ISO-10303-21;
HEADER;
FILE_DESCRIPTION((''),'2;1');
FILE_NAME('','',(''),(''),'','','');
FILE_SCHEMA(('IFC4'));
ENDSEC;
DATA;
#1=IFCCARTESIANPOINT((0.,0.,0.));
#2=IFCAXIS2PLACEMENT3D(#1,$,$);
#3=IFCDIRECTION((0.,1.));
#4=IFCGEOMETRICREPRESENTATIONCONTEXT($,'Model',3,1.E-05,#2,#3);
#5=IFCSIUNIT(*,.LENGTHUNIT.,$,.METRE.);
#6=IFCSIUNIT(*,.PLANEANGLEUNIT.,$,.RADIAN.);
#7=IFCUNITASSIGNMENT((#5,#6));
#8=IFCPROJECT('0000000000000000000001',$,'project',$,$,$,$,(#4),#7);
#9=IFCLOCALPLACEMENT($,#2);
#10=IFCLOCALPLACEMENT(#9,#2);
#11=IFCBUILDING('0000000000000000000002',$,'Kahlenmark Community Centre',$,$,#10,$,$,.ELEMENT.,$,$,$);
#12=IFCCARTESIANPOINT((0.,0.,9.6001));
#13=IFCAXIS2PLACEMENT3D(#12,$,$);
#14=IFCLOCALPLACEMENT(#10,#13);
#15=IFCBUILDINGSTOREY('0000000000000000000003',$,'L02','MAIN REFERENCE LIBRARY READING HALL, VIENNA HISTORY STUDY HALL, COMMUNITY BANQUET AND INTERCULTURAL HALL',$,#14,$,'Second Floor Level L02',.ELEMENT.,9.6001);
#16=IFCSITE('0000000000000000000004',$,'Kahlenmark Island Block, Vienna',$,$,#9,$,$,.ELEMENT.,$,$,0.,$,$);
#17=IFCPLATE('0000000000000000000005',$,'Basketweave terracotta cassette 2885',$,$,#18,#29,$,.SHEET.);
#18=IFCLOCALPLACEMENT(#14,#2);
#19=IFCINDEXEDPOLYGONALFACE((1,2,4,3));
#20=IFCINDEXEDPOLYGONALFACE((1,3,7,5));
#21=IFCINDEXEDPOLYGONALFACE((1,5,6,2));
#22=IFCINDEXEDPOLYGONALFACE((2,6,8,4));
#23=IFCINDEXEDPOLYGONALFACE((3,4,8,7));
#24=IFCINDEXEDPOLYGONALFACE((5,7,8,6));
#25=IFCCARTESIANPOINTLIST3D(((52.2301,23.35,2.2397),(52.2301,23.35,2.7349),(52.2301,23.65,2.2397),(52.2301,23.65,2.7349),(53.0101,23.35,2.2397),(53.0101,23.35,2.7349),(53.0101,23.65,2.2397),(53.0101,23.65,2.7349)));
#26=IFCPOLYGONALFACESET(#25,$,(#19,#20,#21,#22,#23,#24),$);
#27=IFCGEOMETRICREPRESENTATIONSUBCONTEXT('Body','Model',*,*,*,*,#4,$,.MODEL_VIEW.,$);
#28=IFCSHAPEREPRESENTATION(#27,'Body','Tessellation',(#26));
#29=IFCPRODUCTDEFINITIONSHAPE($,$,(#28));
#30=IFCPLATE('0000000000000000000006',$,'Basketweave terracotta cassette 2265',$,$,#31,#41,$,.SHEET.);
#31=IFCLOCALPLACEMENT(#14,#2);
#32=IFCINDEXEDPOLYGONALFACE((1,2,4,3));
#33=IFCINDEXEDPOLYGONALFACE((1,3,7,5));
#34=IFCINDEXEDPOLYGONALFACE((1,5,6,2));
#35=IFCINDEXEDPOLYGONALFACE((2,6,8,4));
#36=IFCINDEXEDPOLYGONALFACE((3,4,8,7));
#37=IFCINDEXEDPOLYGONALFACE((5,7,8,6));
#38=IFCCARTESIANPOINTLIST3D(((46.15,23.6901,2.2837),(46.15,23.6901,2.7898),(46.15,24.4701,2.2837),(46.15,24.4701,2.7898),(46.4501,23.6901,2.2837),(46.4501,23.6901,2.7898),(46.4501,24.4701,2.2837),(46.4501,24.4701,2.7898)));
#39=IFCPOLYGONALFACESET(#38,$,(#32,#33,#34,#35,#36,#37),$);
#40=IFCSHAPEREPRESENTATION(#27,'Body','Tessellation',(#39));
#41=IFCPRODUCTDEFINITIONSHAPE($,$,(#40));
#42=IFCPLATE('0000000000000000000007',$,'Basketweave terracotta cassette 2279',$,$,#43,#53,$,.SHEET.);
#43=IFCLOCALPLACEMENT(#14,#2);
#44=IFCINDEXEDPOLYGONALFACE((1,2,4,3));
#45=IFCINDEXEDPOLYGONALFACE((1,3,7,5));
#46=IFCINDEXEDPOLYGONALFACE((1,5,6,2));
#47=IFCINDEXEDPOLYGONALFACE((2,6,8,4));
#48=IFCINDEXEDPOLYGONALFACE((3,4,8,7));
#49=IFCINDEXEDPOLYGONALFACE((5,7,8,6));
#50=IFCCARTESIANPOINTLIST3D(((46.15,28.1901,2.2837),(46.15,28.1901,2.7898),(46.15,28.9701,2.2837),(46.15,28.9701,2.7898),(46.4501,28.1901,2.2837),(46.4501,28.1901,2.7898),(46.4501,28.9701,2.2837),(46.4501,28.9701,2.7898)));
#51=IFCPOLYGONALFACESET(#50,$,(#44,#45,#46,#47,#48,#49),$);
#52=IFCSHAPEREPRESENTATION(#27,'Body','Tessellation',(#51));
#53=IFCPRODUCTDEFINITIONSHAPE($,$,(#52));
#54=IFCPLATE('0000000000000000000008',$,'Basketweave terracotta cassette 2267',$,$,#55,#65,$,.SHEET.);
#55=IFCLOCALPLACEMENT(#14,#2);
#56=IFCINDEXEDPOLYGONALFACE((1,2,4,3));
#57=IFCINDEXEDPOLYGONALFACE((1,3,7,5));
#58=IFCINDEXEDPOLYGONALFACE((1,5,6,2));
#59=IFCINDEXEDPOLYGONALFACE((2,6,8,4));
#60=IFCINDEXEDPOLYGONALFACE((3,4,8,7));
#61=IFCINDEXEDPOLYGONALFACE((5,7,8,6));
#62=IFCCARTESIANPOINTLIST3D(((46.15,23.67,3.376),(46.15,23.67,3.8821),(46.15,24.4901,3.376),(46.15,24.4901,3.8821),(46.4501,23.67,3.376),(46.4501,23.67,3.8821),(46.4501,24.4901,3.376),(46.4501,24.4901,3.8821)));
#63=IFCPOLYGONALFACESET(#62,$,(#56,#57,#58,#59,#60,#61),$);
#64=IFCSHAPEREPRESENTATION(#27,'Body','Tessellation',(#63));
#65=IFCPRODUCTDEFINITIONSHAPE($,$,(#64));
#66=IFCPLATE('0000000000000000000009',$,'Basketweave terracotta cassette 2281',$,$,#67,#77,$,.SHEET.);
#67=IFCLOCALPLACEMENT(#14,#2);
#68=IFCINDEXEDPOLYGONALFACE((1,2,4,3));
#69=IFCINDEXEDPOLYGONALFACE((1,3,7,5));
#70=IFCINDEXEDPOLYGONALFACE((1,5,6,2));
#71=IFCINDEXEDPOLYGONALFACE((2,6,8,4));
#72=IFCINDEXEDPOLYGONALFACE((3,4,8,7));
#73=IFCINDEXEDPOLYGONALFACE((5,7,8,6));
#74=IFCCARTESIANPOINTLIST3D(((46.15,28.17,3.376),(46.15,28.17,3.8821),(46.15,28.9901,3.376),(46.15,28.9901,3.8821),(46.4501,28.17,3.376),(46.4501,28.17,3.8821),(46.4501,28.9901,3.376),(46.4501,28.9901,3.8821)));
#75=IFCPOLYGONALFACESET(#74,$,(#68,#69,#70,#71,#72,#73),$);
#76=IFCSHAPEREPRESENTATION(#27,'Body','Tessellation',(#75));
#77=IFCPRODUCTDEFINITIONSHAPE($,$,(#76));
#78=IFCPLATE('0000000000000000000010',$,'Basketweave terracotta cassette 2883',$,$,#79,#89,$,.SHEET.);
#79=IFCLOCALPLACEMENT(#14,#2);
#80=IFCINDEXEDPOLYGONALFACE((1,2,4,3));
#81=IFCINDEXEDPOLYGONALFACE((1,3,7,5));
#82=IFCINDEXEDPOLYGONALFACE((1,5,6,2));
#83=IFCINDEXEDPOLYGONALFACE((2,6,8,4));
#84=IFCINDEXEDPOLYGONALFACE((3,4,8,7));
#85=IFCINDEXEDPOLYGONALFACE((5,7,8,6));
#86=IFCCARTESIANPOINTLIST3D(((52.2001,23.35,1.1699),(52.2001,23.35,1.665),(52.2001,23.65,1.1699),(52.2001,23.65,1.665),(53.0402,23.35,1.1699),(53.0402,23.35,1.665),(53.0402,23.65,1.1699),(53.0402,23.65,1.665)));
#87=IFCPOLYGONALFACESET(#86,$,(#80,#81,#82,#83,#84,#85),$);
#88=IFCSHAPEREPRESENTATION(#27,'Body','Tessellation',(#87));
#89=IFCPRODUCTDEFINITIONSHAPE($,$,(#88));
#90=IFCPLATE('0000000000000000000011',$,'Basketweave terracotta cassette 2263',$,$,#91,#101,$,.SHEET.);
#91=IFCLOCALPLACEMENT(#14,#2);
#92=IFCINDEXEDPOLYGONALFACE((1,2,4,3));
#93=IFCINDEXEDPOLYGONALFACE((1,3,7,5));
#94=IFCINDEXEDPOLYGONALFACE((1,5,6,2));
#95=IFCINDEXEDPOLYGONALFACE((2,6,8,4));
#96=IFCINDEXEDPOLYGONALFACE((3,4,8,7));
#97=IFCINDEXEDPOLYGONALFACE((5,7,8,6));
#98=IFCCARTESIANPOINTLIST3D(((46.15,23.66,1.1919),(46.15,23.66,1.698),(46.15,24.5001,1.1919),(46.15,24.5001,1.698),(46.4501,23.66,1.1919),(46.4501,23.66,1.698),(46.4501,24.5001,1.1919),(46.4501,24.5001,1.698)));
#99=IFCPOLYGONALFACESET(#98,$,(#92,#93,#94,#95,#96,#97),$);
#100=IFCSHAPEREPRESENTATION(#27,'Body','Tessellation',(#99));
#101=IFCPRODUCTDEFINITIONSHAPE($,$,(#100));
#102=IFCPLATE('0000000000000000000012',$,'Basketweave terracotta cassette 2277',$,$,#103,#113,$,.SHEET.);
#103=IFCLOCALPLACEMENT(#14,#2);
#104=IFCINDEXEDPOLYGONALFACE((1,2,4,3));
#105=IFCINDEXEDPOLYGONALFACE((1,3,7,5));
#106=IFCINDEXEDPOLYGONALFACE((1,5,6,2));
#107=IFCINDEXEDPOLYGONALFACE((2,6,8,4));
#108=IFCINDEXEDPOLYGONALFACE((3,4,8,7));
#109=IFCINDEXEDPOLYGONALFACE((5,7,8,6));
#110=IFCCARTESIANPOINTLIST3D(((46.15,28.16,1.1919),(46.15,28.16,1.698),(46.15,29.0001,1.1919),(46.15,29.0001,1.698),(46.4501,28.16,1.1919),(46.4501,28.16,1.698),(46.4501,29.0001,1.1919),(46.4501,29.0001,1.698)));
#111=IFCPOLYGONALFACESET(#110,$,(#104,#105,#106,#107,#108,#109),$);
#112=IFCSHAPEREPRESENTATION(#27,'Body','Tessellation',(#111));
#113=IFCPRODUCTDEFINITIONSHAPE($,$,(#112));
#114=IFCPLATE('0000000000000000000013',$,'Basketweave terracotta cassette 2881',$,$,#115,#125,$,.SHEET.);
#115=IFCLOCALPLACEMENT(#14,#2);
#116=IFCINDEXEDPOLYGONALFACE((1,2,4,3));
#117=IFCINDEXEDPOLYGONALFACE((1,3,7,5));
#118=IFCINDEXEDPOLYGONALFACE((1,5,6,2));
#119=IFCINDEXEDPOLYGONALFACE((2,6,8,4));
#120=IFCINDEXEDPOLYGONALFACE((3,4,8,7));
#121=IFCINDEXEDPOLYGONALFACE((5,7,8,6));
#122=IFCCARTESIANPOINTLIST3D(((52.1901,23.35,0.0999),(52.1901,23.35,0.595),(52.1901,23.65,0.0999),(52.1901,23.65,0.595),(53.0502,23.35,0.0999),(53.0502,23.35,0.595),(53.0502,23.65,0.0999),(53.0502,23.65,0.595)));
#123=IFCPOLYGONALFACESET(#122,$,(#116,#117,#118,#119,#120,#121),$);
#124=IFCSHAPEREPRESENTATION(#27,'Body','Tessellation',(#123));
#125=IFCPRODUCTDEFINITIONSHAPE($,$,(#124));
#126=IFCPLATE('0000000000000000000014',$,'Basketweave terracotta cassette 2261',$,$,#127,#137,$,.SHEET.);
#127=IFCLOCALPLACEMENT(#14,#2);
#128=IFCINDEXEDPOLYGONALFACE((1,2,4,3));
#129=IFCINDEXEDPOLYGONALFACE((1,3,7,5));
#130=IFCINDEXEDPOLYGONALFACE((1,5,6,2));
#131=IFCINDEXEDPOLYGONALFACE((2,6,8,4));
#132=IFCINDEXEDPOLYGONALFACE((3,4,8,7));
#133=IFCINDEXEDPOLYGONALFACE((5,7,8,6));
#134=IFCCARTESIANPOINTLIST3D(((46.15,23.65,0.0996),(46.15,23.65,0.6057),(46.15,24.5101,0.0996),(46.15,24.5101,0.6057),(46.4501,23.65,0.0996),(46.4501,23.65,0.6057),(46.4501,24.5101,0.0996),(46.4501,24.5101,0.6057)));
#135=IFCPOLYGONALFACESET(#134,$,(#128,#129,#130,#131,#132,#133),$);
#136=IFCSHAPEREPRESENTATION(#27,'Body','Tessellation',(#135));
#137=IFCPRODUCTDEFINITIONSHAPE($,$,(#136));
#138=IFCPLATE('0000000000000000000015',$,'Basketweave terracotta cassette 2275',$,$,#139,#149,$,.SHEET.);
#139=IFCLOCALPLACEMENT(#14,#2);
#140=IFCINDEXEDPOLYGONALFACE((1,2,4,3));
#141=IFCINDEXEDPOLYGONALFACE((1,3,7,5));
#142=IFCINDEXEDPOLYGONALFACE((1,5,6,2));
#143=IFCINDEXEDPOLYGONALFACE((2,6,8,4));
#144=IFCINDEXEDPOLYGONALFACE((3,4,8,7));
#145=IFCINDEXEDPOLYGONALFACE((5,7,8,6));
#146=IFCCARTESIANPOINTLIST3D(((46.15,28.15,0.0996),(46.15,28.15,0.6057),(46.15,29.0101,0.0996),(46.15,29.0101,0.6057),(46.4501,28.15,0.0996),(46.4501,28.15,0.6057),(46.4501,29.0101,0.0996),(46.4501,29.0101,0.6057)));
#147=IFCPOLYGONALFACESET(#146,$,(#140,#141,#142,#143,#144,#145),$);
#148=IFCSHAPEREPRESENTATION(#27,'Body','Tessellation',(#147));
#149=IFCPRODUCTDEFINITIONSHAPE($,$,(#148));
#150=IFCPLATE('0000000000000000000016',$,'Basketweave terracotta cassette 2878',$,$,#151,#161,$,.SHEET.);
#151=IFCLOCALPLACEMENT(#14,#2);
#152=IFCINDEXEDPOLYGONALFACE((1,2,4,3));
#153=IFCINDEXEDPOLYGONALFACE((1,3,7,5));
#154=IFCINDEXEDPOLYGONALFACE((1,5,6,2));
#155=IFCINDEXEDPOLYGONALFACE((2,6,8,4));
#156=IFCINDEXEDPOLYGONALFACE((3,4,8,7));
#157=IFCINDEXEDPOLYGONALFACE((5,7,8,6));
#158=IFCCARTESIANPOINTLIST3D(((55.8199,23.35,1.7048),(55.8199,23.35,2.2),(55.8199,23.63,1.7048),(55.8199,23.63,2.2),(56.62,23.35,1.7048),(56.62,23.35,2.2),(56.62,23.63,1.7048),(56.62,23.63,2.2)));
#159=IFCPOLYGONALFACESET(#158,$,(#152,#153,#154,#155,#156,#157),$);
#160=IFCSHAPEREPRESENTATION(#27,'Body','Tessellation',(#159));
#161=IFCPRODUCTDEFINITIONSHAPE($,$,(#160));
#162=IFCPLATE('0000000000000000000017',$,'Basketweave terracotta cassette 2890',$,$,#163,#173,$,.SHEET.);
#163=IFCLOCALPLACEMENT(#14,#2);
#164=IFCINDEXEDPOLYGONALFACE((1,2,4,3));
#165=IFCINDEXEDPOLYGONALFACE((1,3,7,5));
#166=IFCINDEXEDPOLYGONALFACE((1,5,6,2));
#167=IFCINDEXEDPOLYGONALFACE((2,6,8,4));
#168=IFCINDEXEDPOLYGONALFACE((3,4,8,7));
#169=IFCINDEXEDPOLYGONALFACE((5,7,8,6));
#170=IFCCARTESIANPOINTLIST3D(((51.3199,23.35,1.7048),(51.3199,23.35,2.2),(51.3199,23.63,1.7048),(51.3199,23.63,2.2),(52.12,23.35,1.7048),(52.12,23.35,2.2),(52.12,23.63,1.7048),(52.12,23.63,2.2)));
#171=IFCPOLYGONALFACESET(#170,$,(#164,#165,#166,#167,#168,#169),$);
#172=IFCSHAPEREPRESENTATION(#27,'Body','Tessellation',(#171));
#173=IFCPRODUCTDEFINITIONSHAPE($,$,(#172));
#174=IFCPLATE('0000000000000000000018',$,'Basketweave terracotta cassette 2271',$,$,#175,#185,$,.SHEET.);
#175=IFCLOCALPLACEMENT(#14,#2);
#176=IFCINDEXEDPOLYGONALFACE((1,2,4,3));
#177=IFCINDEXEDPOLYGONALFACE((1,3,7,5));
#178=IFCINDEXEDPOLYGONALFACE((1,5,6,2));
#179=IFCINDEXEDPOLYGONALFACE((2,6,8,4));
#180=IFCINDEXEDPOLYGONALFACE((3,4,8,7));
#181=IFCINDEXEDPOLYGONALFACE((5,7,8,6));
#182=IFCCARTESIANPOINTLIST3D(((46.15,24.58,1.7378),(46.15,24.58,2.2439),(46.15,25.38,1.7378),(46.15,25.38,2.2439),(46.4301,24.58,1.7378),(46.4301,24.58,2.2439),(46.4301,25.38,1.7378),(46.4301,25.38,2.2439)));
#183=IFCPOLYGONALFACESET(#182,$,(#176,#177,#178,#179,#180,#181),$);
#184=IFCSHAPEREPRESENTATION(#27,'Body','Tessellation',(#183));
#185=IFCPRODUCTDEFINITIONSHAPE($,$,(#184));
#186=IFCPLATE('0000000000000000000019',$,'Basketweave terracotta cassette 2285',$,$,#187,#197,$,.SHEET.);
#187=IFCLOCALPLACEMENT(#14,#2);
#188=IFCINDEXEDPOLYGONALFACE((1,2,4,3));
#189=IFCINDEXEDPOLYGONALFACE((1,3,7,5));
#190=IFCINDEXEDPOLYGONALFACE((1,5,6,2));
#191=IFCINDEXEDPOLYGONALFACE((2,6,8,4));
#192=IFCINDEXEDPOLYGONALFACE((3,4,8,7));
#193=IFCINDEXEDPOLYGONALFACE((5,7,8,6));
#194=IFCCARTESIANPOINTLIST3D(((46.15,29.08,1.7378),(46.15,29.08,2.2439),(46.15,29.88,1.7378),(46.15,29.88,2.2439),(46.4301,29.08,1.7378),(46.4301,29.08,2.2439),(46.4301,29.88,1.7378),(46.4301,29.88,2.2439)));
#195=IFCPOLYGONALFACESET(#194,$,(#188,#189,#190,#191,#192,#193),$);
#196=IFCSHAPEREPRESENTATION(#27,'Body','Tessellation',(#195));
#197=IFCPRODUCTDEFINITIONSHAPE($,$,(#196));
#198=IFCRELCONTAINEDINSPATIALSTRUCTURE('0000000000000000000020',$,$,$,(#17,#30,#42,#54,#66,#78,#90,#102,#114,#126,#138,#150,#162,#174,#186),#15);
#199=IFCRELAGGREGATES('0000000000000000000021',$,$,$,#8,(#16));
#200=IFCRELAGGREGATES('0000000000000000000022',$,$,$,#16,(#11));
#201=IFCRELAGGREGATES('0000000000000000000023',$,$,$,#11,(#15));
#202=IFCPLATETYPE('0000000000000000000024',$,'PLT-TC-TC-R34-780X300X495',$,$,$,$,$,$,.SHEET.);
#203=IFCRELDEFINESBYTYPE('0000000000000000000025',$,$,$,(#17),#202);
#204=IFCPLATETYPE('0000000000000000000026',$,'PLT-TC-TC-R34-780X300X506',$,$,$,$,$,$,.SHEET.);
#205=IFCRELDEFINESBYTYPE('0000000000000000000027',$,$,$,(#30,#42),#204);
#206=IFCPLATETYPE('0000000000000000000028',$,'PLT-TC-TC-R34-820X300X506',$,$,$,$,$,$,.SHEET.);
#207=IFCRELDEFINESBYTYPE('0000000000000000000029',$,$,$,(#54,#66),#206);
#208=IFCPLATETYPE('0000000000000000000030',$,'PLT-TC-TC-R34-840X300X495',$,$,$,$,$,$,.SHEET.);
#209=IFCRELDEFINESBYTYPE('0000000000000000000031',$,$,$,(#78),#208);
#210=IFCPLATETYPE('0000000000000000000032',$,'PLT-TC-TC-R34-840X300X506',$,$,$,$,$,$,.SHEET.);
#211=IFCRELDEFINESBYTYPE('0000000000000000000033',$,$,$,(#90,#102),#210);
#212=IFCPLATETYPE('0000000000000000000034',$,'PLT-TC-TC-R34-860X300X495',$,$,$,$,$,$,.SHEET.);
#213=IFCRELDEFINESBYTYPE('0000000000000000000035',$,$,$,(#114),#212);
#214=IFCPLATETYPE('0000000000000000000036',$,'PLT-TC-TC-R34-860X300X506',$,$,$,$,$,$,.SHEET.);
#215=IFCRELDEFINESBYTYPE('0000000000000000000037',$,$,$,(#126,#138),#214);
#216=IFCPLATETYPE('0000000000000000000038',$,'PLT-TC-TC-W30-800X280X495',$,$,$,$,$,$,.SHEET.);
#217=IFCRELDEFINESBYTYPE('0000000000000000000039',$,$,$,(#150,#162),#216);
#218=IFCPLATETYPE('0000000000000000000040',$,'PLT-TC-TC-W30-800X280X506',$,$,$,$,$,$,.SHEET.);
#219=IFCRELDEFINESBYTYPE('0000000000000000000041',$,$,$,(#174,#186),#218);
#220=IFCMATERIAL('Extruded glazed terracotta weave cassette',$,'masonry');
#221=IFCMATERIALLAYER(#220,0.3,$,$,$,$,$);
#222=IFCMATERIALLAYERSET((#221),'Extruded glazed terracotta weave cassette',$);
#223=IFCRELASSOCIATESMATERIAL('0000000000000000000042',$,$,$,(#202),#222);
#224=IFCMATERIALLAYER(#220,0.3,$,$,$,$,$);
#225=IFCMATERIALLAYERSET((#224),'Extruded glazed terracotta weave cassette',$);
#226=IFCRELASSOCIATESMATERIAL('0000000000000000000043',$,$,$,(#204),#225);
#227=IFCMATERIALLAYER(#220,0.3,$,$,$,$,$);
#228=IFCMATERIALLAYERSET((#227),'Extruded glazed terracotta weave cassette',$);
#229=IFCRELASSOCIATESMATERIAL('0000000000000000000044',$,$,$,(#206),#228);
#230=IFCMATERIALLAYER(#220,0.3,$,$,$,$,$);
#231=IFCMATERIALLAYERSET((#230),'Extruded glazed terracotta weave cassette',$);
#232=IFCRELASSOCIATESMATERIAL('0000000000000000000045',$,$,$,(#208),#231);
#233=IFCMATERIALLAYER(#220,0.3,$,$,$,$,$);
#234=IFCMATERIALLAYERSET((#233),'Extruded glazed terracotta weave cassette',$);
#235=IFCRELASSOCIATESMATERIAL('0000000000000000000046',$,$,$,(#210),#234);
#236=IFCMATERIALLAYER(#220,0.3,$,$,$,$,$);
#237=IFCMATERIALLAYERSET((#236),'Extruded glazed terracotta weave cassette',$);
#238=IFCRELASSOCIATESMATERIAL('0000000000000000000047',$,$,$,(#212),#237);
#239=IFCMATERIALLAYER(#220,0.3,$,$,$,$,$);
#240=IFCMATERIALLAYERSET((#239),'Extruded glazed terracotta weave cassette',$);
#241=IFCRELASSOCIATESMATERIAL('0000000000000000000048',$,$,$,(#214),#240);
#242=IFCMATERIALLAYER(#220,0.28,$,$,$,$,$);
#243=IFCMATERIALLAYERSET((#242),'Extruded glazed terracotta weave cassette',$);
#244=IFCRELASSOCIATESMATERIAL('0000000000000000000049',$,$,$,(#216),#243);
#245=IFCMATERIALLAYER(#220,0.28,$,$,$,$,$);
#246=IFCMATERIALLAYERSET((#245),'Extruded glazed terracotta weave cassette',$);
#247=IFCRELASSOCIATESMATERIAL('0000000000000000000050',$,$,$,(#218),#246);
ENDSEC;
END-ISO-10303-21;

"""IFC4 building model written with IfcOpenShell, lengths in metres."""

from ifc_helpers import new_model, si_unit, direction, frame, origin, origin_2d, place, context, subcontext, project, spatial, rectangle, extrude, material, layer, layer_set, type_object, element, save


model = new_model("IFC4")

# Units and contexts
model_context = context("Model", 3, precision=1e-05, world=origin(), true_north=direction((0.0, 1.0)))
body_context = subcontext(model_context, "Body", "Model", "MODEL_VIEW")
ifc_project = project(units=[si_unit("LENGTHUNIT", "METRE"), si_unit("PLANEANGLEUNIT", "RADIAN")], contexts=[model_context])

# Site, building, storey
site_placement = place(None, origin())
site = spatial("IfcSite", under=ifc_project, at=site_placement, Name="Kahlenmark Island Block, Vienna", CompositionType="ELEMENT", RefElevation=0.0)
building_placement = place(site_placement, origin())
building = spatial("IfcBuilding", under=site, at=building_placement, Name="Kahlenmark Community Centre", CompositionType="ELEMENT")
storey_placement = place(building_placement, frame((0.0, 0.0, 9.6001)))
storey = spatial("IfcBuildingStorey", under=building, at=storey_placement, Name="L02", Description="MAIN REFERENCE LIBRARY READING HALL, VIENNA HISTORY STUDY HALL, COMMUNITY BANQUET AND INTERCULTURAL HALL", LongName="Second Floor Level L02", CompositionType="ELEMENT", Elevation=9.6001)

# Plates
ifc_material_1 = material(Name="Extruded glazed terracotta weave cassette", Category="masonry")
ifc_layer_1 = layer(ifc_material_1, 0.3)
ifc_layer_set_1 = layer_set([ifc_layer_1], Name="Extruded glazed terracotta weave cassette")
plate_type_1 = type_object("IfcPlateType", Name="PLT-TC-TC-R34-780X300X495", PredefinedType="SHEET", material=ifc_layer_set_1)
plate_1_placement = place(storey_placement, frame((52.6201, 23.5, 2.2397), z_axis=(0.0, 0.0, 1.0), x_axis=(-1.0, 0.0, 0.0)))
element("IfcPlate", 1, at=plate_1_placement, inside=storey, type_object=plate_type_1, Name="Basketweave terracotta cassette 2885", PredefinedType="SHEET", context=body_context, shape_type="SweptSolid", body=[
    extrude(rectangle(XDim=0.78, YDim=0.3, at=origin_2d()), origin(), (0.0, 0.0, 1.0), 0.4951),
])
ifc_layer_2 = layer(ifc_material_1, 0.3)
ifc_layer_set_2 = layer_set([ifc_layer_2], Name="Extruded glazed terracotta weave cassette")
plate_type_2 = type_object("IfcPlateType", Name="PLT-TC-TC-R34-780X300X506", PredefinedType="SHEET", material=ifc_layer_set_2)
for number, where, z_axis, x_axis, name in (
    (2, (46.3, 24.0801, 2.2837), (0.0, 0.0, 1.0), (0.0, 1.0, 0.0), "Basketweave terracotta cassette 2265"),
    (3, (46.3, 28.5801, 2.2837), (0.0, 0.0, 1.0), (0.0, 1.0, 0.0), "Basketweave terracotta cassette 2279"),
):
    element("IfcPlate", number, at=place(storey_placement, frame(where, z_axis=z_axis, x_axis=x_axis)), inside=storey, type_object=plate_type_2, Name=name, PredefinedType="SHEET", context=body_context, shape_type="SweptSolid", body=[
        extrude(rectangle(XDim=0.78, YDim=0.3, at=origin_2d()), origin(), (0.0, 0.0, 1.0), 0.5061),
    ])
ifc_layer_3 = layer(ifc_material_1, 0.3)
ifc_layer_set_3 = layer_set([ifc_layer_3], Name="Extruded glazed terracotta weave cassette")
plate_type_3 = type_object("IfcPlateType", Name="PLT-TC-TC-R34-820X300X506", PredefinedType="SHEET", material=ifc_layer_set_3)
for number, where, z_axis, x_axis, name in (
    (4, (46.3, 24.0801, 3.376), (0.0, 0.0, 1.0), (0.0, 1.0, 0.0), "Basketweave terracotta cassette 2267"),
    (5, (46.3, 28.5801, 3.376), (0.0, 0.0, 1.0), (0.0, 1.0, 0.0), "Basketweave terracotta cassette 2281"),
):
    element("IfcPlate", number, at=place(storey_placement, frame(where, z_axis=z_axis, x_axis=x_axis)), inside=storey, type_object=plate_type_3, Name=name, PredefinedType="SHEET", context=body_context, shape_type="SweptSolid", body=[
        extrude(rectangle(XDim=0.8201, YDim=0.3, at=origin_2d()), origin(), (0.0, 0.0, 1.0), 0.5061),
    ])
ifc_layer_4 = layer(ifc_material_1, 0.3)
ifc_layer_set_4 = layer_set([ifc_layer_4], Name="Extruded glazed terracotta weave cassette")
plate_type_4 = type_object("IfcPlateType", Name="PLT-TC-TC-R34-840X300X495", PredefinedType="SHEET", material=ifc_layer_set_4)
plate_2_placement = place(storey_placement, frame((52.6201, 23.5, 1.1699), z_axis=(0.0, 0.0, 1.0), x_axis=(-1.0, 0.0, 0.0)))
element("IfcPlate", 6, at=plate_2_placement, inside=storey, type_object=plate_type_4, Name="Basketweave terracotta cassette 2883", PredefinedType="SHEET", context=body_context, shape_type="SweptSolid", body=[
    extrude(rectangle(XDim=0.8401, YDim=0.3, at=origin_2d()), origin(), (0.0, 0.0, 1.0), 0.4951),
])
ifc_layer_5 = layer(ifc_material_1, 0.3)
ifc_layer_set_5 = layer_set([ifc_layer_5], Name="Extruded glazed terracotta weave cassette")
plate_type_5 = type_object("IfcPlateType", Name="PLT-TC-TC-R34-840X300X506", PredefinedType="SHEET", material=ifc_layer_set_5)
for number, where, z_axis, x_axis, name in (
    (7, (46.3, 24.0801, 1.1919), (0.0, 0.0, 1.0), (0.0, 1.0, 0.0), "Basketweave terracotta cassette 2263"),
    (8, (46.3, 28.5801, 1.1919), (0.0, 0.0, 1.0), (0.0, 1.0, 0.0), "Basketweave terracotta cassette 2277"),
):
    element("IfcPlate", number, at=place(storey_placement, frame(where, z_axis=z_axis, x_axis=x_axis)), inside=storey, type_object=plate_type_5, Name=name, PredefinedType="SHEET", context=body_context, shape_type="SweptSolid", body=[
        extrude(rectangle(XDim=0.8401, YDim=0.3, at=origin_2d()), origin(), (0.0, 0.0, 1.0), 0.5061),
    ])
ifc_layer_6 = layer(ifc_material_1, 0.3)
ifc_layer_set_6 = layer_set([ifc_layer_6], Name="Extruded glazed terracotta weave cassette")
plate_type_6 = type_object("IfcPlateType", Name="PLT-TC-TC-R34-860X300X495", PredefinedType="SHEET", material=ifc_layer_set_6)
plate_3_placement = place(storey_placement, frame((52.6201, 23.5, 0.0999), z_axis=(0.0, 0.0, 1.0), x_axis=(-1.0, 0.0, 0.0)))
element("IfcPlate", 9, at=plate_3_placement, inside=storey, type_object=plate_type_6, Name="Basketweave terracotta cassette 2881", PredefinedType="SHEET", context=body_context, shape_type="SweptSolid", body=[
    extrude(rectangle(XDim=0.8601, YDim=0.3, at=origin_2d()), origin(), (0.0, 0.0, 1.0), 0.4951),
])
ifc_layer_7 = layer(ifc_material_1, 0.3)
ifc_layer_set_7 = layer_set([ifc_layer_7], Name="Extruded glazed terracotta weave cassette")
plate_type_7 = type_object("IfcPlateType", Name="PLT-TC-TC-R34-860X300X506", PredefinedType="SHEET", material=ifc_layer_set_7)
for number, where, z_axis, x_axis, name in (
    (10, (46.3, 24.0801, 0.0996), (0.0, 0.0, 1.0), (0.0, 1.0, 0.0), "Basketweave terracotta cassette 2261"),
    (11, (46.3, 28.5801, 0.0996), (0.0, 0.0, 1.0), (0.0, 1.0, 0.0), "Basketweave terracotta cassette 2275"),
):
    element("IfcPlate", number, at=place(storey_placement, frame(where, z_axis=z_axis, x_axis=x_axis)), inside=storey, type_object=plate_type_7, Name=name, PredefinedType="SHEET", context=body_context, shape_type="SweptSolid", body=[
        extrude(rectangle(XDim=0.8601, YDim=0.3, at=origin_2d()), origin(), (0.0, 0.0, 1.0), 0.5061),
    ])
ifc_layer_8 = layer(ifc_material_1, 0.28)
ifc_layer_set_8 = layer_set([ifc_layer_8], Name="Extruded glazed terracotta weave cassette")
plate_type_8 = type_object("IfcPlateType", Name="PLT-TC-TC-W30-800X280X495", PredefinedType="SHEET", material=ifc_layer_set_8)
for number, where, z_axis, x_axis, name in (
    (12, (56.22, 23.49, 1.7048), (0.0, 0.0, 1.0), (-1.0, 0.0, 0.0), "Basketweave terracotta cassette 2878"),
    (13, (51.72, 23.49, 1.7048), (0.0, 0.0, 1.0), (-1.0, 0.0, 0.0), "Basketweave terracotta cassette 2890"),
):
    element("IfcPlate", number, at=place(storey_placement, frame(where, z_axis=z_axis, x_axis=x_axis)), inside=storey, type_object=plate_type_8, Name=name, PredefinedType="SHEET", context=body_context, shape_type="SweptSolid", body=[
        extrude(rectangle(XDim=0.8, YDim=0.28, at=origin_2d()), origin(), (0.0, 0.0, 1.0), 0.4951),
    ])
ifc_layer_9 = layer(ifc_material_1, 0.28)
ifc_layer_set_9 = layer_set([ifc_layer_9], Name="Extruded glazed terracotta weave cassette")
plate_type_9 = type_object("IfcPlateType", Name="PLT-TC-TC-W30-800X280X506", PredefinedType="SHEET", material=ifc_layer_set_9)
for number, where, z_axis, x_axis, name in (
    (14, (46.29, 24.98, 1.7378), (0.0, 0.0, 1.0), (0.0, 1.0, 0.0), "Basketweave terracotta cassette 2271"),
    (15, (46.29, 29.48, 1.7378), (0.0, 0.0, 1.0), (0.0, 1.0, 0.0), "Basketweave terracotta cassette 2285"),
):
    element("IfcPlate", number, at=place(storey_placement, frame(where, z_axis=z_axis, x_axis=x_axis)), inside=storey, type_object=plate_type_9, Name=name, PredefinedType="SHEET", context=body_context, shape_type="SweptSolid", body=[
        extrude(rectangle(XDim=0.8, YDim=0.28, at=origin_2d()), origin(), (0.0, 0.0, 1.0), 0.5061),
    ])

save(model, "model.ifc")
